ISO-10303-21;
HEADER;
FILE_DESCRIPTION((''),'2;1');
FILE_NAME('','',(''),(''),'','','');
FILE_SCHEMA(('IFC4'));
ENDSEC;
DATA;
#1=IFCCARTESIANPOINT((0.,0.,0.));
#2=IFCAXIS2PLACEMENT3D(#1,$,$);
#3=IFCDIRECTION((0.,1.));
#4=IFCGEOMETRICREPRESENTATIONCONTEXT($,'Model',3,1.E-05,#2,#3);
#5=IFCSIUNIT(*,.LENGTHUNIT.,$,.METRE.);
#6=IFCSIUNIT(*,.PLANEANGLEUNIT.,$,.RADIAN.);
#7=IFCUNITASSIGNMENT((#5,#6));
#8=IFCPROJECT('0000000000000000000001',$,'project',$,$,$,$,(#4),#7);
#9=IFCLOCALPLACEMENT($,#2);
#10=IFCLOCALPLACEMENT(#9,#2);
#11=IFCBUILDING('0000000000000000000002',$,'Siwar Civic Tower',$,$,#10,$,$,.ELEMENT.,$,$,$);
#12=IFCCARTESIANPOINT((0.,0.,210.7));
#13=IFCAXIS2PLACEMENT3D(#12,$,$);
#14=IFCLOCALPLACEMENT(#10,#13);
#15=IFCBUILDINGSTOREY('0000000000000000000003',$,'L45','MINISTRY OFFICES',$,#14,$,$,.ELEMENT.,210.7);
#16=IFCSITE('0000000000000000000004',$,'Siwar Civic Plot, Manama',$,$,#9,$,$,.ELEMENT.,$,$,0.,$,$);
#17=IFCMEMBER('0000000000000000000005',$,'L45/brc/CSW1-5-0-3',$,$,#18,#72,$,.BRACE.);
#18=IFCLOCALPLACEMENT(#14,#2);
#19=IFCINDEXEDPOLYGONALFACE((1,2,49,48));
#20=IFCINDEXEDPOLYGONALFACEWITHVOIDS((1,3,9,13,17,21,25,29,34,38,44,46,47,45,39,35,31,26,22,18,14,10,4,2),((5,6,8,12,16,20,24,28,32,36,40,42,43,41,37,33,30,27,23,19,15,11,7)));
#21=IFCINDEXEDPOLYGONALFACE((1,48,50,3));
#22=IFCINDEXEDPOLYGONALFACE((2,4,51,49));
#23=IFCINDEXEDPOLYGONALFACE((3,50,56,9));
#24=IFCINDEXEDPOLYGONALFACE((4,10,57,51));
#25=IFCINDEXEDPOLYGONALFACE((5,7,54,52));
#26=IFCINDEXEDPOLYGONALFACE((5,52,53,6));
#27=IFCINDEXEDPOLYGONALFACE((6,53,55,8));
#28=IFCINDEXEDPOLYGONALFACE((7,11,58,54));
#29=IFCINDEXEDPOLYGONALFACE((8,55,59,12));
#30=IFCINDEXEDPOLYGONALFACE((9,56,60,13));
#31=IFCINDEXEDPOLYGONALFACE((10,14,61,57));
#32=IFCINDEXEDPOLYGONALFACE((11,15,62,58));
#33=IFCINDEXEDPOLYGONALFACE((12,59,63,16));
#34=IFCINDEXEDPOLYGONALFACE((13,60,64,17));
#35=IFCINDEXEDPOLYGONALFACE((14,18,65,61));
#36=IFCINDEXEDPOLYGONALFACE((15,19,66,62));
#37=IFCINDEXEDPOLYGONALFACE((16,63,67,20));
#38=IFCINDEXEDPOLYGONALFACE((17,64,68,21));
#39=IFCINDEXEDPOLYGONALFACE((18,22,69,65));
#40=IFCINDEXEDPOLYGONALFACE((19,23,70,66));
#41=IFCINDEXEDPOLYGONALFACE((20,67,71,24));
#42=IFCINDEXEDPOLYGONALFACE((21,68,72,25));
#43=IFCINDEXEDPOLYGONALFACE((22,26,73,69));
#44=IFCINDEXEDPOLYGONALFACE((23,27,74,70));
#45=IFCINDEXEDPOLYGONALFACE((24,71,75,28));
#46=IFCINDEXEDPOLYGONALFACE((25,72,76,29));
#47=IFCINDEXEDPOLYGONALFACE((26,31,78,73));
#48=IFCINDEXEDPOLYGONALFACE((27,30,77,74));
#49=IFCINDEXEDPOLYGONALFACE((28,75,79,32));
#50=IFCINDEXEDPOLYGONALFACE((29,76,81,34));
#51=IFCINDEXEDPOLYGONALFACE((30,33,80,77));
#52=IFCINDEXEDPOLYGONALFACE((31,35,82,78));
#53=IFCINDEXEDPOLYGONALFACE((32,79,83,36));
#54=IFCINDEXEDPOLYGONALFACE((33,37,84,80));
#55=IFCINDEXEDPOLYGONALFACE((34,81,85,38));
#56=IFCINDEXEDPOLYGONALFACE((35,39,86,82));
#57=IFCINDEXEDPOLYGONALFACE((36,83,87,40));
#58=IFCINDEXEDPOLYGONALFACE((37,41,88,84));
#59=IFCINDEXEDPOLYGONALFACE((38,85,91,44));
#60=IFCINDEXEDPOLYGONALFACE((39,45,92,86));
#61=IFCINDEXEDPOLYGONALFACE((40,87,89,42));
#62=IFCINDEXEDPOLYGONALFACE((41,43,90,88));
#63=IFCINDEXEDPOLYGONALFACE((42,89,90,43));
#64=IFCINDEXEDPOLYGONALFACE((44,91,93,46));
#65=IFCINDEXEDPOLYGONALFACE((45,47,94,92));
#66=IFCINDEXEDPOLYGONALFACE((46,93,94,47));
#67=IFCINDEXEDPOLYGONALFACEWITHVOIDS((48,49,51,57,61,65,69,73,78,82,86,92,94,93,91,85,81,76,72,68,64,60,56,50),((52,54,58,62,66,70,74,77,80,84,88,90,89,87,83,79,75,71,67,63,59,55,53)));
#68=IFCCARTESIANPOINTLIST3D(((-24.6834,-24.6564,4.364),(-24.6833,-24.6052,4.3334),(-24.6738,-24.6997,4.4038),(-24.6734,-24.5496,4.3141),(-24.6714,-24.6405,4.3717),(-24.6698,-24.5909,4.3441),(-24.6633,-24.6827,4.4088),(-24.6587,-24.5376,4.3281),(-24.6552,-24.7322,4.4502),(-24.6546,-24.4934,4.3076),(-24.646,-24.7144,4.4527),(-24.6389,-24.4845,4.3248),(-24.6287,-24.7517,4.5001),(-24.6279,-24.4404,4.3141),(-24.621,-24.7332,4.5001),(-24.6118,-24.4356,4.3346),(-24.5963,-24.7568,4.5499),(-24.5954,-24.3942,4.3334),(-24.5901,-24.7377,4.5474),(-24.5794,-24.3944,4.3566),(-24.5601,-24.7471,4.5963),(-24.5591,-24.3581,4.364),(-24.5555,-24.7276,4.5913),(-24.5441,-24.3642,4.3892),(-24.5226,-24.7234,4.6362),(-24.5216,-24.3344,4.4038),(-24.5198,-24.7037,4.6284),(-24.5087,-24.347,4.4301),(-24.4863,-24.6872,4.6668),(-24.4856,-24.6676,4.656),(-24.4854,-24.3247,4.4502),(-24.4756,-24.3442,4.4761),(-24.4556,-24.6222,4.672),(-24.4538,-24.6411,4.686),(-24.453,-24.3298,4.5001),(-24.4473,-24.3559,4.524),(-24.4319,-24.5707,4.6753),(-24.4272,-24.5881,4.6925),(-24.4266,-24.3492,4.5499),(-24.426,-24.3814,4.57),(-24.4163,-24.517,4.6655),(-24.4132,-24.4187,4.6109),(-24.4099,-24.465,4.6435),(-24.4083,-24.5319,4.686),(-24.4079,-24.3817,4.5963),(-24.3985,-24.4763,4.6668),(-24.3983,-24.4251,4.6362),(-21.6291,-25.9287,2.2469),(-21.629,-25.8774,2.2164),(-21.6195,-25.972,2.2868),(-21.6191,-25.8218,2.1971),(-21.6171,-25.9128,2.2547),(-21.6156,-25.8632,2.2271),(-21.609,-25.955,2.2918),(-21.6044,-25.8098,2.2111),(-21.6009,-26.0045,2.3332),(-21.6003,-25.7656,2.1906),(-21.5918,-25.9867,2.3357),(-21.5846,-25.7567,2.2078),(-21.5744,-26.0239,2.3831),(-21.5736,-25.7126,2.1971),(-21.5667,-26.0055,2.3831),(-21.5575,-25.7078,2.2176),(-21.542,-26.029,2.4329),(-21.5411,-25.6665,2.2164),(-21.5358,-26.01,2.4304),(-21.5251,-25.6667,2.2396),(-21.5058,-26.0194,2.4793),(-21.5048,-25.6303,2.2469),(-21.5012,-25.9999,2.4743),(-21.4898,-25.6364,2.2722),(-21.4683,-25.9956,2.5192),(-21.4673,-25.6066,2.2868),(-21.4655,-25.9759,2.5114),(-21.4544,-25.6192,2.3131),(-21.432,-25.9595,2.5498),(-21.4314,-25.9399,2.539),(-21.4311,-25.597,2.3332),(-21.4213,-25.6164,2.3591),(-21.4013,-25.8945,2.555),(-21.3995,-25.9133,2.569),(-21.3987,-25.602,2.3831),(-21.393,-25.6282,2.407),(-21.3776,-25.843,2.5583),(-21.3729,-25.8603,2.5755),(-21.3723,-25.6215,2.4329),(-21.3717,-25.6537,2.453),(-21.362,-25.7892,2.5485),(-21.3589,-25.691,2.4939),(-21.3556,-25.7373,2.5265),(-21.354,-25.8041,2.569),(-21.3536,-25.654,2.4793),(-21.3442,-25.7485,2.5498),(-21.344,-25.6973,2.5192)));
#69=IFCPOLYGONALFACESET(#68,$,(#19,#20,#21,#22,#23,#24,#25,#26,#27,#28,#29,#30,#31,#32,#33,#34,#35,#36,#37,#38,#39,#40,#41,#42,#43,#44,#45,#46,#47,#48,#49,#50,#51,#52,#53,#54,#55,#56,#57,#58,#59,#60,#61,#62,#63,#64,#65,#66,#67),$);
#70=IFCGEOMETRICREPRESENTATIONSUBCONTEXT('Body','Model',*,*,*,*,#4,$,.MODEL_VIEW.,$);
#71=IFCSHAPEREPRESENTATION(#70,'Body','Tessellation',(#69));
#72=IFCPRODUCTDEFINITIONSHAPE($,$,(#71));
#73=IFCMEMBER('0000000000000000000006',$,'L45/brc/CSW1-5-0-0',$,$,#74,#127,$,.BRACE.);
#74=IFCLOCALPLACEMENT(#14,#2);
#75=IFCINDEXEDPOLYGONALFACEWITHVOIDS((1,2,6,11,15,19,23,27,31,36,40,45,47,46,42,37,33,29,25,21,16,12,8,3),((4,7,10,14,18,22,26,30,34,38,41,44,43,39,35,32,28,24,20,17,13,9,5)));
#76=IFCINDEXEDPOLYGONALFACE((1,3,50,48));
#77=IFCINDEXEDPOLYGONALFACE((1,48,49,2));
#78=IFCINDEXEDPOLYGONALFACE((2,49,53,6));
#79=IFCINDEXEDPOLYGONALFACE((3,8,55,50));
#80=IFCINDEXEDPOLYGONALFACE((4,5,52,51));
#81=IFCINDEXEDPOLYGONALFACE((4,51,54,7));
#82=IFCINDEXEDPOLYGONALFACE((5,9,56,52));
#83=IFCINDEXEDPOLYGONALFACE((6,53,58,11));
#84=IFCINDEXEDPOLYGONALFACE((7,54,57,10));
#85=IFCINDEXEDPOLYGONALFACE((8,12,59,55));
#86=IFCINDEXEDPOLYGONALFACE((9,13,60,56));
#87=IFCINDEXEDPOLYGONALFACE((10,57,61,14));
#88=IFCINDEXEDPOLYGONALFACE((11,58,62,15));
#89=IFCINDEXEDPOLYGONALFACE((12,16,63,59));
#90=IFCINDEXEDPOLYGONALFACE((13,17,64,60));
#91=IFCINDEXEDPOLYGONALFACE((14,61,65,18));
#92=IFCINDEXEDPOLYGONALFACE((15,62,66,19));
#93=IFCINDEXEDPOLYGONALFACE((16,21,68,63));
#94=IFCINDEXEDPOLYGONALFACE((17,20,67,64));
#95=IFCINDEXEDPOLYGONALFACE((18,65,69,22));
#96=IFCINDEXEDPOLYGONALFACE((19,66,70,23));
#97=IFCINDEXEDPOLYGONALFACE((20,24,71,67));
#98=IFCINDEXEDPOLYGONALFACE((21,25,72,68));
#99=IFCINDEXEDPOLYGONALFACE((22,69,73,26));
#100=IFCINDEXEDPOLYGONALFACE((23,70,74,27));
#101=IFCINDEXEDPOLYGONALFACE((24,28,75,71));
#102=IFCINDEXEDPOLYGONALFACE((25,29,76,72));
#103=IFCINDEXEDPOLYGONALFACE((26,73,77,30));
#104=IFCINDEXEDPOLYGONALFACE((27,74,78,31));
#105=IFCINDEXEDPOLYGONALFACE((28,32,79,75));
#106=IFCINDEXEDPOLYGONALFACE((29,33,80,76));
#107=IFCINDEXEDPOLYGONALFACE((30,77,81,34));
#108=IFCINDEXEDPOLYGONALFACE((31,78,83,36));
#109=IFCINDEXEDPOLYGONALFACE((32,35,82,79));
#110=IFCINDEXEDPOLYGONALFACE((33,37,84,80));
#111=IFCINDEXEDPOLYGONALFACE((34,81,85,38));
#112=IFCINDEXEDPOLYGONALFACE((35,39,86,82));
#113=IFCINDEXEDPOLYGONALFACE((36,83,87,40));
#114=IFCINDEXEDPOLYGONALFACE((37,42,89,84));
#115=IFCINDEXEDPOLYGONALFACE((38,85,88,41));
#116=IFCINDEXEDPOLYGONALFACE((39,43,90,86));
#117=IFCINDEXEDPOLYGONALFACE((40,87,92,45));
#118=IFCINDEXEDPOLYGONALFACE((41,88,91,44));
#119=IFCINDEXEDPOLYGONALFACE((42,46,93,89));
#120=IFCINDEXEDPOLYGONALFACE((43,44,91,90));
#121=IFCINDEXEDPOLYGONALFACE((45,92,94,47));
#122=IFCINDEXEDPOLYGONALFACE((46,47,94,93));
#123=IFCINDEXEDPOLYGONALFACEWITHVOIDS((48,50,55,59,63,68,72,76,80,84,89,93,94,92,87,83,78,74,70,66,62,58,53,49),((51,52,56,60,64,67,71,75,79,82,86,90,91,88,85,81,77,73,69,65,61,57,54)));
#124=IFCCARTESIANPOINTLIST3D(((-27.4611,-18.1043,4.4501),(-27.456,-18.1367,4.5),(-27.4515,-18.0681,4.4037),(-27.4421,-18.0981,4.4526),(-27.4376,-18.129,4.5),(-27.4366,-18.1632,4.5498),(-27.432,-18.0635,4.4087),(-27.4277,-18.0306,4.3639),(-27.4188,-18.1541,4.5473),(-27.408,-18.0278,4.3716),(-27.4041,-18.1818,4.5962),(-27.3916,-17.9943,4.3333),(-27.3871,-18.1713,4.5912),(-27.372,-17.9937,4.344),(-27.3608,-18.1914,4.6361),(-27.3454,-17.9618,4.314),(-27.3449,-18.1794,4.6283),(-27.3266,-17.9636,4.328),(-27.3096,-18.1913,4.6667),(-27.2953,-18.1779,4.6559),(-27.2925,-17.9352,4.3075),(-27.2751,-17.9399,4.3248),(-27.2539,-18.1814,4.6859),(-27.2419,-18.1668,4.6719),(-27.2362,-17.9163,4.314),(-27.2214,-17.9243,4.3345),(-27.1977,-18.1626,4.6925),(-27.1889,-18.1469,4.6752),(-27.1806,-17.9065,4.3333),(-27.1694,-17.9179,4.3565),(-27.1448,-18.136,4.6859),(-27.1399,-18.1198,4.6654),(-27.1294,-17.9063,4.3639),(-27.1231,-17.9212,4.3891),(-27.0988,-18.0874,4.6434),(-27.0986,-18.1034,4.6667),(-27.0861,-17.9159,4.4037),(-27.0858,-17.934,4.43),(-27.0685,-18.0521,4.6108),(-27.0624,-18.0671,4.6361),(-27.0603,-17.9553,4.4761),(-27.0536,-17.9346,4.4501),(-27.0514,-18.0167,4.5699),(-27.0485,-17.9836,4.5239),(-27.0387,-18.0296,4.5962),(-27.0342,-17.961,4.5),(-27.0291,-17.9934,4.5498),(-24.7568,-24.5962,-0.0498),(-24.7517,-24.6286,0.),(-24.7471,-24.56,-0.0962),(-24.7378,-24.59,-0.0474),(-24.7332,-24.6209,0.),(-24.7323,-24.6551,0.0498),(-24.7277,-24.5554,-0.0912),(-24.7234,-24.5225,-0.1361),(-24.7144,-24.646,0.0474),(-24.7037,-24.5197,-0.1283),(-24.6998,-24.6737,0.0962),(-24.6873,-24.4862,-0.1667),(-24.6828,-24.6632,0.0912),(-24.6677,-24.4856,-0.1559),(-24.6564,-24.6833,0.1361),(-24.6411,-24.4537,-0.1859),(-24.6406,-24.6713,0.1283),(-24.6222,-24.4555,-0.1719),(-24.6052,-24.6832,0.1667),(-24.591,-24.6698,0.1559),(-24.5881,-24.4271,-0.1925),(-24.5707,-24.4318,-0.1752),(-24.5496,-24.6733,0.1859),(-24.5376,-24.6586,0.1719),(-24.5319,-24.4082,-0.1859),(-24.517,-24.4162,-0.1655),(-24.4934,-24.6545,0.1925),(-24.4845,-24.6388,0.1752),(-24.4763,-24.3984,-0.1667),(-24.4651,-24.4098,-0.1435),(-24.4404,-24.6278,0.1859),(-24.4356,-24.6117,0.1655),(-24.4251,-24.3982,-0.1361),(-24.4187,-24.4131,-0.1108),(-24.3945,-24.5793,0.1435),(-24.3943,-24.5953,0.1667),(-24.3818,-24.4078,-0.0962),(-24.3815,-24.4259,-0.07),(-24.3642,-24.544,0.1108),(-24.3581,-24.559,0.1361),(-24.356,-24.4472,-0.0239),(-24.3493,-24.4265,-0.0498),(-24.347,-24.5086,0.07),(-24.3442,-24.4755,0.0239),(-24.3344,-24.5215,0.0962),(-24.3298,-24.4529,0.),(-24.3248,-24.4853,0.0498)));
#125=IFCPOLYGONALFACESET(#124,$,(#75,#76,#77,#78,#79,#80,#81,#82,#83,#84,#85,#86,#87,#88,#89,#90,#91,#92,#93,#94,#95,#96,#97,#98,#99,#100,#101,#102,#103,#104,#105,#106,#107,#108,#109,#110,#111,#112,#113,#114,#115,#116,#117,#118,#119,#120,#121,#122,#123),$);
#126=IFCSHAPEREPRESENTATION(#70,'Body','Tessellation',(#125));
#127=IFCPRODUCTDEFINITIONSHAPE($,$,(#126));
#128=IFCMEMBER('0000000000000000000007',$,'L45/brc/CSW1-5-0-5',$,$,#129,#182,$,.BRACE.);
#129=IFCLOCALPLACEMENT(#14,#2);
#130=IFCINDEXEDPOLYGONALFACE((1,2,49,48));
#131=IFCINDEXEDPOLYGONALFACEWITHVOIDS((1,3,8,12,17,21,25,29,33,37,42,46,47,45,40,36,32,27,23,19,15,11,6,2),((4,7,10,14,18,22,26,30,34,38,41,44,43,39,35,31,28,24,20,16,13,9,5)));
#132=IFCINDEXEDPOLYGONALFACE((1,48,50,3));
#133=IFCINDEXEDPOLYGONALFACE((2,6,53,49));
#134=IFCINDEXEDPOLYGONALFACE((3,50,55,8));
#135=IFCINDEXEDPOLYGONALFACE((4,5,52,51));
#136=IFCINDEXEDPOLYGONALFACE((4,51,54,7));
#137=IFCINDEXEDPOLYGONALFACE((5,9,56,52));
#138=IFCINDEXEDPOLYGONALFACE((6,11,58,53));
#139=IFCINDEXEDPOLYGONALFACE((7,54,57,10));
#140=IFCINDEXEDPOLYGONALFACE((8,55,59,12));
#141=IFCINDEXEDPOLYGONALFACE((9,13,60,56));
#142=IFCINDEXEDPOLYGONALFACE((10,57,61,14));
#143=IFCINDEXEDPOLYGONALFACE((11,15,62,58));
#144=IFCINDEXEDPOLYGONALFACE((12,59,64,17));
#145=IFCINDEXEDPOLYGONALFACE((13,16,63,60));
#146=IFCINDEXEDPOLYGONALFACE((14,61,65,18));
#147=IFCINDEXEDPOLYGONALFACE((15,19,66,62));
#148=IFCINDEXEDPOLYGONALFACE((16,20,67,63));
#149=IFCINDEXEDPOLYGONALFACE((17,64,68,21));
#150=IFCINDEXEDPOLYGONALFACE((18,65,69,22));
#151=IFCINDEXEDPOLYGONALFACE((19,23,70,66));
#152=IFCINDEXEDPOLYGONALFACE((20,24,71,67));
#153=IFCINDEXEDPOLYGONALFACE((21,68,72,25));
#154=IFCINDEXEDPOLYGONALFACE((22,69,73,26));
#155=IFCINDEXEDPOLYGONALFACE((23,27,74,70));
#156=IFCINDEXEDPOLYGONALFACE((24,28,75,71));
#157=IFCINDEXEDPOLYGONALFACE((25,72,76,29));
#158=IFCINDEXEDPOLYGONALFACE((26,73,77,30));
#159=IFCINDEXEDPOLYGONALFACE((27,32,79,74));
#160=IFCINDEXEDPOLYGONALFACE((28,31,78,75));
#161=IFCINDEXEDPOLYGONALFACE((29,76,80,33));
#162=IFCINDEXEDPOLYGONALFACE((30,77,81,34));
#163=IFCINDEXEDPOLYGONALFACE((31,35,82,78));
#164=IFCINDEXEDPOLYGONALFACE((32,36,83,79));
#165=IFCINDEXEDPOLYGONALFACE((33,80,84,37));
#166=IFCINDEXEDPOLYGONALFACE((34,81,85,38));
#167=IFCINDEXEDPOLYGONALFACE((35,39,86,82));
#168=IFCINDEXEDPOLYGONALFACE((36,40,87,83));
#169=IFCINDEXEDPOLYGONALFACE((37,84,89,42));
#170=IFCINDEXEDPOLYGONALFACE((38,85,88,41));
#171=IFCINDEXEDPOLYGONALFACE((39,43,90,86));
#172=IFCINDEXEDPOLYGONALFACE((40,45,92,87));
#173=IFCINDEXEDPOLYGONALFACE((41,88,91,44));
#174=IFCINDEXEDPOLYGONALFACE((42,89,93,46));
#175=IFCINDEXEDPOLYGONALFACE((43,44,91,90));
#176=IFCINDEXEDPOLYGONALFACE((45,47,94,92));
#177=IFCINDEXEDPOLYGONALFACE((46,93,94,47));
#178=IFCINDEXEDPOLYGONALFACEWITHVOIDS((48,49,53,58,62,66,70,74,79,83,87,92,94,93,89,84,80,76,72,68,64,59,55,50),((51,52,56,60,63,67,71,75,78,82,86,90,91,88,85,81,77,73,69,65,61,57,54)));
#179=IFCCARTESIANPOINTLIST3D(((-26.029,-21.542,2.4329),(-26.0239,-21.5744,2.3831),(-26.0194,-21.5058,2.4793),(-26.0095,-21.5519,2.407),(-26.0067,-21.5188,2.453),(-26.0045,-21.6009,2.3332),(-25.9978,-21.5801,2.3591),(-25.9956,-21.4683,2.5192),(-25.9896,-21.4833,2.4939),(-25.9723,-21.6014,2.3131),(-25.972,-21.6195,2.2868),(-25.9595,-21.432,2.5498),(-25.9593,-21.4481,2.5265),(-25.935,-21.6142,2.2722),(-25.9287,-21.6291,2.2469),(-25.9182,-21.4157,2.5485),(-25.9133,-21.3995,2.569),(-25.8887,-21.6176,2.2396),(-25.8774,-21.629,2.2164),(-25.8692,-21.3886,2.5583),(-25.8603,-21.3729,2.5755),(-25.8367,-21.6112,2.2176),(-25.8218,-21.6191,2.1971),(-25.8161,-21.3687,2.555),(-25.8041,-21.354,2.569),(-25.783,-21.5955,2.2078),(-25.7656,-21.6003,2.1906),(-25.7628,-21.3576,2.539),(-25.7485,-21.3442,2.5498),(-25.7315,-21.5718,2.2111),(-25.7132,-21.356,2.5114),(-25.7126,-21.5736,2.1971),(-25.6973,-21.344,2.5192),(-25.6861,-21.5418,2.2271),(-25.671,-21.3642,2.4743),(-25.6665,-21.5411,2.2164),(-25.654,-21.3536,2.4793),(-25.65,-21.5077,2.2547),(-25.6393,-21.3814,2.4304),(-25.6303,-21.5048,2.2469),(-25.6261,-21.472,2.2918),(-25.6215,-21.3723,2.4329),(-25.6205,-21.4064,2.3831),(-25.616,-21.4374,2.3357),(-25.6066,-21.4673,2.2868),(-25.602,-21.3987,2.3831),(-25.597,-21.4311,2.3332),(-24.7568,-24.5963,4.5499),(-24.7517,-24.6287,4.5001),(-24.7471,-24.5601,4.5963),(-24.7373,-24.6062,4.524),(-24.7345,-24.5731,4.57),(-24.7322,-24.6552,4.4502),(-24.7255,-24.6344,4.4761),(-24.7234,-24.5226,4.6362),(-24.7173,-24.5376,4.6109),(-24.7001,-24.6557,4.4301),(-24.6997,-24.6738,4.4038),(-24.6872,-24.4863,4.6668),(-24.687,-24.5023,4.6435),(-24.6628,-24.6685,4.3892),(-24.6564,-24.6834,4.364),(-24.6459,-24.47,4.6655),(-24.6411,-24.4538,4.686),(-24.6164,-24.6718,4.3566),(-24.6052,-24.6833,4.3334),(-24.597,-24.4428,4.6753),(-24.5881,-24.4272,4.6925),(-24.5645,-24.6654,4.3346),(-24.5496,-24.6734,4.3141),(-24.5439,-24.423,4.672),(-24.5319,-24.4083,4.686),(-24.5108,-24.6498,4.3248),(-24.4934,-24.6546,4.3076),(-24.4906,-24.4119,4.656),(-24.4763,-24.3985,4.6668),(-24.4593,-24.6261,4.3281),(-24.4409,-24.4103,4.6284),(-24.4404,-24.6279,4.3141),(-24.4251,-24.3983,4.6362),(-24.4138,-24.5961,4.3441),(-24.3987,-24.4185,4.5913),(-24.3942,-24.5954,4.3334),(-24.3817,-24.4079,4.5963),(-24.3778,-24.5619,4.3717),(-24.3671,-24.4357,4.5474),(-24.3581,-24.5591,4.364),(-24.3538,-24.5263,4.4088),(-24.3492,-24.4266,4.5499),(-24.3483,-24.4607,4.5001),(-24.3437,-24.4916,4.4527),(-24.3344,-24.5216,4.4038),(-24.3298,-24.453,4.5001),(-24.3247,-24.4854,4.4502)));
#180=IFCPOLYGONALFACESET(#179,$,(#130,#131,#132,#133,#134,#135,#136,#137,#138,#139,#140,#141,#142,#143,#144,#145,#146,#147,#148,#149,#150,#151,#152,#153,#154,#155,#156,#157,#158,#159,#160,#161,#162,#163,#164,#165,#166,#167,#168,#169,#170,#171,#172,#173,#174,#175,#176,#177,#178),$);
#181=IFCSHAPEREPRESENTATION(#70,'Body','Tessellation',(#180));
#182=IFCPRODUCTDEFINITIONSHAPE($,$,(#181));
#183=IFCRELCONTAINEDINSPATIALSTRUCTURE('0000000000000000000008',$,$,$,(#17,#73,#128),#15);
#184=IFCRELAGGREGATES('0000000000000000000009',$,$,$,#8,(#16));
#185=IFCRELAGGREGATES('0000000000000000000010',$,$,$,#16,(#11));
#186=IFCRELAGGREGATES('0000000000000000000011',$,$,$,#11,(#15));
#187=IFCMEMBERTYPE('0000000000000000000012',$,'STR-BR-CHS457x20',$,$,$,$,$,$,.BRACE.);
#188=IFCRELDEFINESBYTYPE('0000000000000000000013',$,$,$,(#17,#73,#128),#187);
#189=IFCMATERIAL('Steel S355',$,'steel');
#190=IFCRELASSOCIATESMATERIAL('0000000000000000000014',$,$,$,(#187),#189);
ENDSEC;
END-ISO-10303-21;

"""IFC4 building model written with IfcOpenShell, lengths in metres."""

from ifc_helpers import new_model, si_unit, direction, frame, origin, origin_2d, place, context, subcontext, project, spatial, hollow_circle, extrude, material, material_profile, profile_set, type_object, element, save


model = new_model("IFC4")

# Units and contexts
model_context = context("Model", 3, precision=1e-05, world=origin(), true_north=direction((0.0, 1.0)))
body_context = subcontext(model_context, "Body", "Model", "MODEL_VIEW")
ifc_project = project(units=[si_unit("LENGTHUNIT", "METRE"), si_unit("PLANEANGLEUNIT", "RADIAN")], contexts=[model_context])

# Site, building, storey
site_placement = place(None, origin())
site = spatial("IfcSite", under=ifc_project, at=site_placement, Name="Siwar Civic Plot, Manama", CompositionType="ELEMENT", RefElevation=0.0)
building_placement = place(site_placement, origin())
building = spatial("IfcBuilding", under=site, at=building_placement, Name="Siwar Civic Tower", CompositionType="ELEMENT")
storey_placement = place(building_placement, frame((0.0, 0.0, 210.7)))
storey = spatial("IfcBuildingStorey", under=building, at=storey_placement, Name="L45", Description="MINISTRY OFFICES", CompositionType="ELEMENT", Elevation=210.7)

# Members
ifc_material_1 = material(Name="Steel S355", Category="steel")
ifc_material_profile_1 = material_profile(ifc_material_1, hollow_circle(Radius=0.2285, WallThickness=0.02, at=origin_2d()), Name="CHS457x20")
ifc_profile_set_1 = profile_set([ifc_material_profile_1], Name="Steel S355")
member_type_1 = type_object("IfcMemberType", Name="STR-BR-CHS457x20", PredefinedType="BRACE", material=ifc_profile_set_1)
for number, where, z_axis, x_axis, name in (
    (1, (-21.4866, -25.813, 2.3831), (-0.777572, 0.323895, 0.538955), (-0.384521, -0.923116, 0.0), "L45/brc/CSW1-5-0-3"),
):
    element("IfcMember", number, at=place(storey_placement, frame(where, z_axis=z_axis, x_axis=x_axis)), inside=storey, type_object=member_type_1, Name=name, PredefinedType="BRACE", context=body_context, shape_type="SweptSolid", body=[
        extrude(hollow_circle(Radius=0.2285, WallThickness=0.02, at=origin_2d()), origin(), (0.0, 0.0, 1.0), 3.928),
    ])
member_1_placement = place(storey_placement, frame((-24.5408, -24.5408, 0.0), z_axis=(-0.323906, 0.777555, 0.538975), x_axis=(-0.923109, -0.384539, 0.0)))
element("IfcMember", 2, at=member_1_placement, inside=storey, type_object=member_type_1, Name="L45/brc/CSW1-5-0-0", PredefinedType="BRACE", context=body_context, shape_type="SweptSolid", body=[
    extrude(hollow_circle(Radius=0.2285, WallThickness=0.02, at=origin_2d()), origin(), (0.0, 0.0, 1.0), 8.3491),
])
member_2_placement = place(storey_placement, frame((-25.813, -21.4866, 2.3831), z_axis=(0.323895, -0.777572, 0.538955), x_axis=(0.923116, 0.384521, 0.0)))
element("IfcMember", 3, at=member_2_placement, inside=storey, type_object=member_type_1, Name="L45/brc/CSW1-5-0-5", PredefinedType="BRACE", context=body_context, shape_type="SweptSolid", body=[
    extrude(hollow_circle(Radius=0.2285, WallThickness=0.02, at=origin_2d()), origin(), (0.0, 0.0, 1.0), 3.928),
])

save(model, "model.ifc")
